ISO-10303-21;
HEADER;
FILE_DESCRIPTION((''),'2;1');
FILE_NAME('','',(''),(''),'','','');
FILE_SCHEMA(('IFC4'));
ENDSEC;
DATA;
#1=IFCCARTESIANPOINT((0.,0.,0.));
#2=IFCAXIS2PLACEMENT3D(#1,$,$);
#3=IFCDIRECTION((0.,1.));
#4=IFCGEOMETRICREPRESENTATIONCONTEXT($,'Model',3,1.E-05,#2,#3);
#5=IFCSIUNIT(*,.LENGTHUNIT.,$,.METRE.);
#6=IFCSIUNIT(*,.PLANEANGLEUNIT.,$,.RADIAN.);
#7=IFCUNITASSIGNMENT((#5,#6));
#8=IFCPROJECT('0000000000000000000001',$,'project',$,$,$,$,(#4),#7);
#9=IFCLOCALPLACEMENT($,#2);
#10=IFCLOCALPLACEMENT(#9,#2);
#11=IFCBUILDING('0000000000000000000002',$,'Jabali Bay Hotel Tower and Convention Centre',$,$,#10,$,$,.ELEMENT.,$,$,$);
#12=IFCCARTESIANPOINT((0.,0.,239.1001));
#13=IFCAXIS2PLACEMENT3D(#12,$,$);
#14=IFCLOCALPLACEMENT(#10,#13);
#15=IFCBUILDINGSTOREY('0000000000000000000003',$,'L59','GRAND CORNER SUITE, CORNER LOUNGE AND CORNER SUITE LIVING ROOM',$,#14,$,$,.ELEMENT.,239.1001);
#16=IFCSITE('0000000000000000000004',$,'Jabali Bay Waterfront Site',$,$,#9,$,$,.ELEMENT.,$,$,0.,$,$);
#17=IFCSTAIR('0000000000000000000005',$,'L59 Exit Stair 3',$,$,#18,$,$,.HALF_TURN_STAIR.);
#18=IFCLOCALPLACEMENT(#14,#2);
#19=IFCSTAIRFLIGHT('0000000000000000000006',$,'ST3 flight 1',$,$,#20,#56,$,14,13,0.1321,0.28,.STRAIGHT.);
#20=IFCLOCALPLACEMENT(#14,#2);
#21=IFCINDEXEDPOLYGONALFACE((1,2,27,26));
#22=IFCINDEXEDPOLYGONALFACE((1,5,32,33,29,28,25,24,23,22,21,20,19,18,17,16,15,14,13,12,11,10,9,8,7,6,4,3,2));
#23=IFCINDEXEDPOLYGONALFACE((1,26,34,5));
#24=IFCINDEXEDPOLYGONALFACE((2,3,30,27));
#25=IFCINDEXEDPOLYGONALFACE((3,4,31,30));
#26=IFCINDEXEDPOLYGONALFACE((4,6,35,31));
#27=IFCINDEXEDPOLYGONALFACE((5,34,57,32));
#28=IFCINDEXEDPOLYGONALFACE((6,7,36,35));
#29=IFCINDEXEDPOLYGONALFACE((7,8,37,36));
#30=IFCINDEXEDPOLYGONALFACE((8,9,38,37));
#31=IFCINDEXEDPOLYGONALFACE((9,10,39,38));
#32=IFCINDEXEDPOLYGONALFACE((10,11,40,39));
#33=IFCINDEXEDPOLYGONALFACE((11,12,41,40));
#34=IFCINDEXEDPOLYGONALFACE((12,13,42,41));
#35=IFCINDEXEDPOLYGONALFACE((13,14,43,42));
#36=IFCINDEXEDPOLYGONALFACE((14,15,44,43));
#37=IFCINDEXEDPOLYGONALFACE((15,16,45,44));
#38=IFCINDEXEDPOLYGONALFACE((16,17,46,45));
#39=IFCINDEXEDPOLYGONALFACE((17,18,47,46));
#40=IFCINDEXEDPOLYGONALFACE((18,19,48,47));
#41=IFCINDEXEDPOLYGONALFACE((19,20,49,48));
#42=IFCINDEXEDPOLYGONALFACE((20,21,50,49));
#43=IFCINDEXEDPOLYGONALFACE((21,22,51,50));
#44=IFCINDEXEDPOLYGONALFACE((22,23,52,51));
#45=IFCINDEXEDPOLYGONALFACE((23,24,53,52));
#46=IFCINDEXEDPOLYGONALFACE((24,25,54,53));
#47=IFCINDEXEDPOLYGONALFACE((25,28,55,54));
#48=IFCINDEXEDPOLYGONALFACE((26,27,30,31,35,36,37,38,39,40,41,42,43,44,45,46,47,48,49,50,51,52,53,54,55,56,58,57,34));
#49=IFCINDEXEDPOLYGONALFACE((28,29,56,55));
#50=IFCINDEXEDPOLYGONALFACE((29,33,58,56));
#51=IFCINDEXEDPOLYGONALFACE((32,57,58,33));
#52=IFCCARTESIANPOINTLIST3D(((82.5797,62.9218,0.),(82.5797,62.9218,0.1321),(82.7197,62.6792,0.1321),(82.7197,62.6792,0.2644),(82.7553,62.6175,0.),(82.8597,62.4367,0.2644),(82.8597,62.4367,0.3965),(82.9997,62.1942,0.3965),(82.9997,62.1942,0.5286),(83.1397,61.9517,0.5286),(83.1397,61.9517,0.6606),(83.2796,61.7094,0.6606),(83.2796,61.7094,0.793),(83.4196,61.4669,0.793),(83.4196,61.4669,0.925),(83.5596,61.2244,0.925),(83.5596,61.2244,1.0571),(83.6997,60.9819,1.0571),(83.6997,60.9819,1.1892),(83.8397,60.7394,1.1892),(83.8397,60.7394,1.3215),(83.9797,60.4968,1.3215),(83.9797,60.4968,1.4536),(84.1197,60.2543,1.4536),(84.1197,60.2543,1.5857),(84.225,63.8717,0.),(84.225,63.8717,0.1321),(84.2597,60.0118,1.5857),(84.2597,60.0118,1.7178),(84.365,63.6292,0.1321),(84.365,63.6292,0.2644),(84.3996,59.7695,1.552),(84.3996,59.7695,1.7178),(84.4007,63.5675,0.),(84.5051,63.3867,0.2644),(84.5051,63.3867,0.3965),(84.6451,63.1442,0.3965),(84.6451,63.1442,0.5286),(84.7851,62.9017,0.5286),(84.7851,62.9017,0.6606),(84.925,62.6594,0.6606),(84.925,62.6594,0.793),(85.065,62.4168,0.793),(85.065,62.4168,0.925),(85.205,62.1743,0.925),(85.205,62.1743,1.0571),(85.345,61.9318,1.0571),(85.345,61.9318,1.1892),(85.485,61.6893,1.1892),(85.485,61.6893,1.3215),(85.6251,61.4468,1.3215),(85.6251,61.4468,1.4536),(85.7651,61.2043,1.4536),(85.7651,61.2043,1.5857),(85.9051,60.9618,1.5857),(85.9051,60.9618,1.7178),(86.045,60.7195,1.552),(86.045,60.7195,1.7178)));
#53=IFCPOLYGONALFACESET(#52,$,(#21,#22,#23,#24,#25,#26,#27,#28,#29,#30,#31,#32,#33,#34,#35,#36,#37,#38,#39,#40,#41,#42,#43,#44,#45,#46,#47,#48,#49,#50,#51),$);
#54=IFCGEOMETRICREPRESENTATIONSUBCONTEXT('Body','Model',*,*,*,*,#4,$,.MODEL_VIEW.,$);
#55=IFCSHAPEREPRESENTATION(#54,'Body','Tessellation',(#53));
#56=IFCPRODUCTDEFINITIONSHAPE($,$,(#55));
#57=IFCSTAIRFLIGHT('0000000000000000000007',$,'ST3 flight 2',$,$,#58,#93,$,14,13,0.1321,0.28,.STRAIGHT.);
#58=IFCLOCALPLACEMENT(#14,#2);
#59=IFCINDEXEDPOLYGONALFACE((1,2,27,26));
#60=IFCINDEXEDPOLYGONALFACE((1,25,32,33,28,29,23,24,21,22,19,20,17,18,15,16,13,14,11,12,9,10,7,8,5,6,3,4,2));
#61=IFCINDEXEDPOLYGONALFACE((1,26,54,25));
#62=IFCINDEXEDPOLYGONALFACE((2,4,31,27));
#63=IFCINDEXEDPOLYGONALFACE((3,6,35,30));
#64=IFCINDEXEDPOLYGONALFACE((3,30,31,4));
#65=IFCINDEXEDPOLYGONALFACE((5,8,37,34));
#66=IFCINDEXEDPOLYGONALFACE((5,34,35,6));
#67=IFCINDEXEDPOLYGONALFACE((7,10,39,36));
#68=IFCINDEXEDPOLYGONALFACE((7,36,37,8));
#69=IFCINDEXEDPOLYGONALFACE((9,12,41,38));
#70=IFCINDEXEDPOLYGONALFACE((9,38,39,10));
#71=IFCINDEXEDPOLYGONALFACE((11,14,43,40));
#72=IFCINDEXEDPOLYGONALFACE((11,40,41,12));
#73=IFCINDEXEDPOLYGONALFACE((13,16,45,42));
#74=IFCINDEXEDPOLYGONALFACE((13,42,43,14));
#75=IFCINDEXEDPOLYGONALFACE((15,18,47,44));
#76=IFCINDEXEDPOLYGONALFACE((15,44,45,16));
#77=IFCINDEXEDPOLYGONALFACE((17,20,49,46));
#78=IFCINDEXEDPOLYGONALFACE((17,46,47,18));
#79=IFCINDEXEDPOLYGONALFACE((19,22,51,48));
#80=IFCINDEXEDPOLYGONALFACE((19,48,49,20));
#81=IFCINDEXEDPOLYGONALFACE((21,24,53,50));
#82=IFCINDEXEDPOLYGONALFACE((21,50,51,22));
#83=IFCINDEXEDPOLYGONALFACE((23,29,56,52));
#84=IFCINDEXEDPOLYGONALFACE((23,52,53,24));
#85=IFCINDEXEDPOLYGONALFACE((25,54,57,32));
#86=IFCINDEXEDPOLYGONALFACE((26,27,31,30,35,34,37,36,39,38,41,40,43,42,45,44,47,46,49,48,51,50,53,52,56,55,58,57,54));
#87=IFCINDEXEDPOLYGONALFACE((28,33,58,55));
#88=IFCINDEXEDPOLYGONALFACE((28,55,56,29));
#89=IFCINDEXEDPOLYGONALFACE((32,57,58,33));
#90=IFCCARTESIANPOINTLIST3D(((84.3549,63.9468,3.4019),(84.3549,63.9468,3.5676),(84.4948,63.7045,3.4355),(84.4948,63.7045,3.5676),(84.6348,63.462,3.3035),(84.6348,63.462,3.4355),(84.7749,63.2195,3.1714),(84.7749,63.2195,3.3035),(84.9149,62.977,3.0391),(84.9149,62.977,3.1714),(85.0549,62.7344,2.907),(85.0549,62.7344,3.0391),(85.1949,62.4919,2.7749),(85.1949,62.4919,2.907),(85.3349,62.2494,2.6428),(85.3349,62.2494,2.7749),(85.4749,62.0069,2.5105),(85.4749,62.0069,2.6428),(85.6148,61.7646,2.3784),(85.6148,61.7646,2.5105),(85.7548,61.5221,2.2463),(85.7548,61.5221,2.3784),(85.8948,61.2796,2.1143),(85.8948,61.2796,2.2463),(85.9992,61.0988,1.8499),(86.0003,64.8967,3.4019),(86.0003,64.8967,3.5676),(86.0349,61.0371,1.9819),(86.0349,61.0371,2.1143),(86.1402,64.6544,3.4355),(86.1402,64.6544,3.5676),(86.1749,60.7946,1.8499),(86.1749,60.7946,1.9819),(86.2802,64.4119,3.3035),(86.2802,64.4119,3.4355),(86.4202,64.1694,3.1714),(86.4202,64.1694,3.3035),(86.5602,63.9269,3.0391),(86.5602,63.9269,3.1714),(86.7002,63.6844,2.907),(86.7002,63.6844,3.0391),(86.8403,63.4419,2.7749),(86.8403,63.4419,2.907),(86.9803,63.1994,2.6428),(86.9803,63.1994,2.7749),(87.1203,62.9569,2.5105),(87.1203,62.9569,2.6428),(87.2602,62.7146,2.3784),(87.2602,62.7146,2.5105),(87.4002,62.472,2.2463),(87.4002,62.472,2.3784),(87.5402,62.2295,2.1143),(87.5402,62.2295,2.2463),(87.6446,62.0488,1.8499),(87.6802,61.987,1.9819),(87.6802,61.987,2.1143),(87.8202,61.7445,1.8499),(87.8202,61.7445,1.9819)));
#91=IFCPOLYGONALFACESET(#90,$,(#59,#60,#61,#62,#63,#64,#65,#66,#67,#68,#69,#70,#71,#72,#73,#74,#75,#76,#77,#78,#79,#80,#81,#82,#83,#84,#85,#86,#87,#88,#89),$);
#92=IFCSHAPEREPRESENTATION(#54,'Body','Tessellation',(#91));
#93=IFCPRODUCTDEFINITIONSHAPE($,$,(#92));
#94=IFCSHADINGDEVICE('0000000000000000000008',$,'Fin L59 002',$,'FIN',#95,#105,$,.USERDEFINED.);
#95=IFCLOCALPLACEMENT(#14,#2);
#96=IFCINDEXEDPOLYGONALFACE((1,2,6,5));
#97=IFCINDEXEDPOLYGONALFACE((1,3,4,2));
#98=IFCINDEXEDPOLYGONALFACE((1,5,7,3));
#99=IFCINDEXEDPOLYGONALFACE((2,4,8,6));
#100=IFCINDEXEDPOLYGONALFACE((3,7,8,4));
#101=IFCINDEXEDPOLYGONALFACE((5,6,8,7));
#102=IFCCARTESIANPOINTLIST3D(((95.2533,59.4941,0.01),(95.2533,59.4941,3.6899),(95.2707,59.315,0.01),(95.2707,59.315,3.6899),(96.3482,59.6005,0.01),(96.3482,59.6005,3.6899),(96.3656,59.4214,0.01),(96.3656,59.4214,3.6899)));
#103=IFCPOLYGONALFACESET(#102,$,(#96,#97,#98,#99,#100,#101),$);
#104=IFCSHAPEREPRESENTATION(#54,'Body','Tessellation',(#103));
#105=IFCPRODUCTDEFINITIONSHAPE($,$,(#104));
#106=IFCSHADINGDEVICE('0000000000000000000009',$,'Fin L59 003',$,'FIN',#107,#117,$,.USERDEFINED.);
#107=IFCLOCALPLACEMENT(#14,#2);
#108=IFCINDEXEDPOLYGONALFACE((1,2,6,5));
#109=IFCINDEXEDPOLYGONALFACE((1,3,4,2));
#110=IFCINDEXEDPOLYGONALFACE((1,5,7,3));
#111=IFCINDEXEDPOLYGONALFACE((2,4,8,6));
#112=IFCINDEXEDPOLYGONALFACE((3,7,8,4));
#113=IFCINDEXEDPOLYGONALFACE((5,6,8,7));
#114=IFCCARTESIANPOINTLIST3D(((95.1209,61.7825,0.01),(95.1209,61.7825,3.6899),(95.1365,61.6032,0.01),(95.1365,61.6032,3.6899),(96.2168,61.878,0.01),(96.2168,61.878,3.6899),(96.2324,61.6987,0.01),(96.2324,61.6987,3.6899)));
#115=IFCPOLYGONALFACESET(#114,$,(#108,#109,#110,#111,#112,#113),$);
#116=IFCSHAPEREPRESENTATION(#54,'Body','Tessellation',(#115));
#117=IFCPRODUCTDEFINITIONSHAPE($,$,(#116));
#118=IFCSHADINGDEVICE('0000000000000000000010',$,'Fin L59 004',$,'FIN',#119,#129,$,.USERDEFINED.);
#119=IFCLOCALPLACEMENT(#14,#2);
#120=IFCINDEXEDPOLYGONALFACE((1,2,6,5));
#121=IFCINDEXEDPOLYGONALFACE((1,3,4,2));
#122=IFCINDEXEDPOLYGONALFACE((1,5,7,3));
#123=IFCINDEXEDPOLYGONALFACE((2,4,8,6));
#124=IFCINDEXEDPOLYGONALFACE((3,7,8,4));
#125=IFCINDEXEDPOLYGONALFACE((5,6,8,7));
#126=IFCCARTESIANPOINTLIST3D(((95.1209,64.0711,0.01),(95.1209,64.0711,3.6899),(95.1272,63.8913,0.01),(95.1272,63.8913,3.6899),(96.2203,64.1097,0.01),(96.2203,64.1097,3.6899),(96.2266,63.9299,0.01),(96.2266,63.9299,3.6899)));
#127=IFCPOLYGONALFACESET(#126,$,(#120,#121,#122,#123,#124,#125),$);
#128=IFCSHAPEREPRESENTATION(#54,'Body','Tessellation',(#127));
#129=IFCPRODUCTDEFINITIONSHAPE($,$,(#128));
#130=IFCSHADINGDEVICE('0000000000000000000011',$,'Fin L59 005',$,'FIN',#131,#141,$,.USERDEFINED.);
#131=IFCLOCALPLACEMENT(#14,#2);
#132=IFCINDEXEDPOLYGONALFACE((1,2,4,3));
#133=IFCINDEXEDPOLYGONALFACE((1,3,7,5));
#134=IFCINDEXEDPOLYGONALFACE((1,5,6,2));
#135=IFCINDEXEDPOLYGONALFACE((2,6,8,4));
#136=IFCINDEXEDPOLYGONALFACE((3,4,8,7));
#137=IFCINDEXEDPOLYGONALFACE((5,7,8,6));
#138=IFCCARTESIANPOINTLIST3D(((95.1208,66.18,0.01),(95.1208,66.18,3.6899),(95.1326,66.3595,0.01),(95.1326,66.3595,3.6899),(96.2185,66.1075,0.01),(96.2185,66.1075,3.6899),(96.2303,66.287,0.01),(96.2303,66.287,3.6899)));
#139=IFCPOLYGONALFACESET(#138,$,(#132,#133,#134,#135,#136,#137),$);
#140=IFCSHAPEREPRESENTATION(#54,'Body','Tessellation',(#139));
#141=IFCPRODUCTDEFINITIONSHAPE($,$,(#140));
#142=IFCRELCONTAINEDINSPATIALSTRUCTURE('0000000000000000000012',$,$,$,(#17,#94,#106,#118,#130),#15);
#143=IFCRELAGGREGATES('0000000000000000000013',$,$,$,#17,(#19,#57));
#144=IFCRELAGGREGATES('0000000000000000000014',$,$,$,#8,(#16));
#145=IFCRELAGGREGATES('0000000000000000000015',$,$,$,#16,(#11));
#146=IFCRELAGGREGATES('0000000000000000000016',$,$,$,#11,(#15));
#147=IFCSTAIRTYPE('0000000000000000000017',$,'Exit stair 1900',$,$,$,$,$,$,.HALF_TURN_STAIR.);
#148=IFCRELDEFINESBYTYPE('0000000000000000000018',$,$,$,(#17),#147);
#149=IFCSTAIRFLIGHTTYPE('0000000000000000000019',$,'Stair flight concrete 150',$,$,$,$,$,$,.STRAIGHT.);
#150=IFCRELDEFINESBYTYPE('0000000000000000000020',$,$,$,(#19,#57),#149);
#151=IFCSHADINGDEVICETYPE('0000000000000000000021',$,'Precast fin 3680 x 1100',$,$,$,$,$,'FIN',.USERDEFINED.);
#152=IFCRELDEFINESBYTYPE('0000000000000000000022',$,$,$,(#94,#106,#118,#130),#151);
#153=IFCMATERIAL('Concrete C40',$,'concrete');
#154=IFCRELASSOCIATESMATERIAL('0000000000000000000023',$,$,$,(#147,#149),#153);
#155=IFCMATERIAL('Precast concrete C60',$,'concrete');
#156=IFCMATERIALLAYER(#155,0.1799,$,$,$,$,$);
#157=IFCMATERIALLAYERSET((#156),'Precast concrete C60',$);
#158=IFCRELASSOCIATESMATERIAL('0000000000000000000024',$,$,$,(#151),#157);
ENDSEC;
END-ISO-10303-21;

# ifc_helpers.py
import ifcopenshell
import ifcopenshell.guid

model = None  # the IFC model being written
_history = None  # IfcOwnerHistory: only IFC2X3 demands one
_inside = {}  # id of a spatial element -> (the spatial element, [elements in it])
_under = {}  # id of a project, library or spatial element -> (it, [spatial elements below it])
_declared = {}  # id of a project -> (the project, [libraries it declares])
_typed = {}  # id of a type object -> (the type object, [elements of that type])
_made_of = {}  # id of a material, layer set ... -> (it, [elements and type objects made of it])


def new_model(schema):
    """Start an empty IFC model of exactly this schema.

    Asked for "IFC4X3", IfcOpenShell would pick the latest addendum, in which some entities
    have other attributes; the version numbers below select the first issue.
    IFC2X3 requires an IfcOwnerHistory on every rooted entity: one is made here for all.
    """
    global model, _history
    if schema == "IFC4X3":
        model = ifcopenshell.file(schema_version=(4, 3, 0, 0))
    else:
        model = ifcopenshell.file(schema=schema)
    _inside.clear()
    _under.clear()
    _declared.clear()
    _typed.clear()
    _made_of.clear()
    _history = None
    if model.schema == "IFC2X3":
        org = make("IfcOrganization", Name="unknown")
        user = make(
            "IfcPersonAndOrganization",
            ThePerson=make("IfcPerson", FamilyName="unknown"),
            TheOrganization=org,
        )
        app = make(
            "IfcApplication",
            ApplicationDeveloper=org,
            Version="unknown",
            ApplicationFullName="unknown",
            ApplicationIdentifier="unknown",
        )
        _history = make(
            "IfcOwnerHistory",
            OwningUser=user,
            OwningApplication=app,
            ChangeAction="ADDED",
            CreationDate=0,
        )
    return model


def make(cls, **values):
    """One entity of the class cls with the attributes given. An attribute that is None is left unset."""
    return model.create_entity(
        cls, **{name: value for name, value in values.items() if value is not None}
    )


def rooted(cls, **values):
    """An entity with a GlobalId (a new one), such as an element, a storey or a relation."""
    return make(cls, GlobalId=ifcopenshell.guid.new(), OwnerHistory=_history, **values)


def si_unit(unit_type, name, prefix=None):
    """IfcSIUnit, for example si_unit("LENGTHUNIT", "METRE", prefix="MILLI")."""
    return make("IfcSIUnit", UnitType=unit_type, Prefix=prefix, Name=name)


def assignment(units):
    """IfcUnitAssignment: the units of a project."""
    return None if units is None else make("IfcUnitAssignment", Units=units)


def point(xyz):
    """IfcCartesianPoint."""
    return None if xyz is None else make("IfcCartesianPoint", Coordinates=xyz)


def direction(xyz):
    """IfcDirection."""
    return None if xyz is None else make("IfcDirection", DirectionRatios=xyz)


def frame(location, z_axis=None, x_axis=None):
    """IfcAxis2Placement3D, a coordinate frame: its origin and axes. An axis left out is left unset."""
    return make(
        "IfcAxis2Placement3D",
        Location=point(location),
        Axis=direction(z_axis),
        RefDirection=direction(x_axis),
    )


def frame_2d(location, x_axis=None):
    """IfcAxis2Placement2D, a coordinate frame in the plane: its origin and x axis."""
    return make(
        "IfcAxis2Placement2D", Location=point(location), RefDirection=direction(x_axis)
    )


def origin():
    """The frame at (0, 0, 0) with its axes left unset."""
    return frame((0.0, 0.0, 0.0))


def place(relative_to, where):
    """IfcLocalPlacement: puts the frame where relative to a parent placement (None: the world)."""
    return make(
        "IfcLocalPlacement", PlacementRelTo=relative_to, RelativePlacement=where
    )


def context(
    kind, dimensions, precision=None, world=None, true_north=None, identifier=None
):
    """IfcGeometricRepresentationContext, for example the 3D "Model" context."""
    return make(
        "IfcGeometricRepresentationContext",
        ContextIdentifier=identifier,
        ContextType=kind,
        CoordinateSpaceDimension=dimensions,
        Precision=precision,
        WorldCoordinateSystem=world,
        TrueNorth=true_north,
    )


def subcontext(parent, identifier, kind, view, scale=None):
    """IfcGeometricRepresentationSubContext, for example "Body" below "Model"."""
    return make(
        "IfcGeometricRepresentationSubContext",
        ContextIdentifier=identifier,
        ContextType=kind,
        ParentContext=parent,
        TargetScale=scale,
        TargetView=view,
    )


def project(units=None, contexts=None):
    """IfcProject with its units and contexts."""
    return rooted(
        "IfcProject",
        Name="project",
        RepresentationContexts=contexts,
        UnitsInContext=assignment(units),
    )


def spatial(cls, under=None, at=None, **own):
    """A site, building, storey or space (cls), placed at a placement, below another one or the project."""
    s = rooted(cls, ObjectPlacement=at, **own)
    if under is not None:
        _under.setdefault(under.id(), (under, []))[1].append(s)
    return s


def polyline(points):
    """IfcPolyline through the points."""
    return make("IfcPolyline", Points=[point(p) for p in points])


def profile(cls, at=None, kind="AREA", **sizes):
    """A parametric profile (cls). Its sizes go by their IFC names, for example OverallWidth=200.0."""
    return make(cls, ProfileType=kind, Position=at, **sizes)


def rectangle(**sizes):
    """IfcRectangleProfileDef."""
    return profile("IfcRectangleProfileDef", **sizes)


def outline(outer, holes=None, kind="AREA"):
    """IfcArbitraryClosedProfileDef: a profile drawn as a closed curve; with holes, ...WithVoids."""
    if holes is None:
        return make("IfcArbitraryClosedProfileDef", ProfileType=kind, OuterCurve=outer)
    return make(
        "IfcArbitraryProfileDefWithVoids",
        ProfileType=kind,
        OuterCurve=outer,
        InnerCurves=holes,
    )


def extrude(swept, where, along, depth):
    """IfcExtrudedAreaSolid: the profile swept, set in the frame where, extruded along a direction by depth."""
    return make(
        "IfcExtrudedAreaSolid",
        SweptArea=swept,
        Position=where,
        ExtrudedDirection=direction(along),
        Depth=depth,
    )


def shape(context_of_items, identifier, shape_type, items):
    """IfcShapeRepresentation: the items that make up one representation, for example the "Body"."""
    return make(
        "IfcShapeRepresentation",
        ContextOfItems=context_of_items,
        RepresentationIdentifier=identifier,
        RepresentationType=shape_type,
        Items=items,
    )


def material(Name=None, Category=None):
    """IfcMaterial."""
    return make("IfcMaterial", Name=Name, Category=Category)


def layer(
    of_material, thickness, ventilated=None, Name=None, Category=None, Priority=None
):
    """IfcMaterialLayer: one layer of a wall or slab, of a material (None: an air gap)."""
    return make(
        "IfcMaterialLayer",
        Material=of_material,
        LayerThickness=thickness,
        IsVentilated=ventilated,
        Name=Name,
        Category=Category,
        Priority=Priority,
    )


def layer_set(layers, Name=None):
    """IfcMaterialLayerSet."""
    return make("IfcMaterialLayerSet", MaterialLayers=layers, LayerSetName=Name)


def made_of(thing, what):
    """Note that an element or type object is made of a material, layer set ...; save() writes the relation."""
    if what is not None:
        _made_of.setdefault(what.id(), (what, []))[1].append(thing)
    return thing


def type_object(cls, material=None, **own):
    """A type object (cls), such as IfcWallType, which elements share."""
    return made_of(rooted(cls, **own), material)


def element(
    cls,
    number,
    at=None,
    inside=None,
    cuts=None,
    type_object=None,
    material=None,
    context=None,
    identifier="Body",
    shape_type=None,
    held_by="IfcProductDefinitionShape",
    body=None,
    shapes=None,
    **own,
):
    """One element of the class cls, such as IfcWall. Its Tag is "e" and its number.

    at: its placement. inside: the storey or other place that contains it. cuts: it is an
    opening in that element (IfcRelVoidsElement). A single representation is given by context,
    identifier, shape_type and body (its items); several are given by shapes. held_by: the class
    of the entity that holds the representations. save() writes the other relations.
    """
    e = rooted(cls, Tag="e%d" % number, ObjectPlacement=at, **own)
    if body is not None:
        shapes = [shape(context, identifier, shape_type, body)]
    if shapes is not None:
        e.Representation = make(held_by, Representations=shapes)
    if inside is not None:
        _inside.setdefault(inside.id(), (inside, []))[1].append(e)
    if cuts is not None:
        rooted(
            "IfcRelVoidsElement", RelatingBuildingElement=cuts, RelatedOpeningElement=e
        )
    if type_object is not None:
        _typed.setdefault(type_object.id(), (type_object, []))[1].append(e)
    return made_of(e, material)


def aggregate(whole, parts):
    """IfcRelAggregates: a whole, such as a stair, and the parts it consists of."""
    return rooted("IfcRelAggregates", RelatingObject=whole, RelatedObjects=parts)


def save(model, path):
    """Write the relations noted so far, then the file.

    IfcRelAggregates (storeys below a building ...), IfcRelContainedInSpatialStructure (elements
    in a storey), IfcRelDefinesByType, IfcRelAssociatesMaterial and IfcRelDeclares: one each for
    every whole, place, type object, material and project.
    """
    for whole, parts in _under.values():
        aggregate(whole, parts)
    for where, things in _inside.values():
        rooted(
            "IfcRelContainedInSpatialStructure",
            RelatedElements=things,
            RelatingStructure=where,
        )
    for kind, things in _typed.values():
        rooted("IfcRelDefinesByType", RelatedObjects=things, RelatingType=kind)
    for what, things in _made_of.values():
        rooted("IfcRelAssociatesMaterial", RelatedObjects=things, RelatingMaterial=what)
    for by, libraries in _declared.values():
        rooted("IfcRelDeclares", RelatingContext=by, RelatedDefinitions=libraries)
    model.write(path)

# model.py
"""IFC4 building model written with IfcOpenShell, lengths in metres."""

from ifc_helpers import new_model, si_unit, direction, frame, frame_2d, origin, place, context, subcontext, project, spatial, polyline, rectangle, outline, extrude, material, layer, layer_set, type_object, element, aggregate, save


model = new_model("IFC4")

# Units and contexts
model_context = context("Model", 3, precision=1e-05, world=origin(), true_north=direction((0.0, 1.0)))
body_context = subcontext(model_context, "Body", "Model", "MODEL_VIEW")
ifc_project = project(units=[si_unit("LENGTHUNIT", "METRE"), si_unit("PLANEANGLEUNIT", "RADIAN")], contexts=[model_context])

# Site, building, storey
site_placement = place(None, origin())
site = spatial("IfcSite", under=ifc_project, at=site_placement, Name="Jabali Bay Waterfront Site", CompositionType="ELEMENT", RefElevation=0.0)
building_placement = place(site_placement, origin())
building = spatial("IfcBuilding", under=site, at=building_placement, Name="Jabali Bay Hotel Tower and Convention Centre", CompositionType="ELEMENT")
storey_placement = place(building_placement, frame((0.0, 0.0, 239.1001)))
storey = spatial("IfcBuildingStorey", under=building, at=storey_placement, Name="L59", Description="GRAND CORNER SUITE, CORNER LOUNGE AND CORNER SUITE LIVING ROOM", CompositionType="ELEMENT", Elevation=239.1001)

# Shared definitions
ifc_material_1 = material(Name="Concrete C40", Category="concrete")

# Stair, stair flights
stair_type = type_object("IfcStairType", Name="Exit stair 1900", PredefinedType="HALF_TURN_STAIR", material=ifc_material_1)
stair_placement = place(storey_placement, origin())
stair = element("IfcStair", 1, at=stair_placement, inside=storey, type_object=stair_type, Name="L59 Exit Stair 3", PredefinedType="HALF_TURN_STAIR")
stair_flight_type = type_object("IfcStairFlightType", Name="Stair flight concrete 150", PredefinedType="STRAIGHT", material=ifc_material_1)
stair_flight_1_placement = place(storey_placement, frame((83.4023, 63.3967, 0.0), z_axis=(0.0, 0.0, 1.0), x_axis=(0.5, -0.866025, 0.0)))
stair_flight_1 = element("IfcStairFlight", 2, at=stair_flight_1_placement, type_object=stair_flight_type, Name="ST3 flight 1", NumberOfRisers=14, NumberOfTreads=13, PredefinedType="STRAIGHT", RiserHeight=0.1321, TreadLength=0.28, context=body_context, shape_type="SweptSolid", body=[
    extrude(outline(polyline([(0.0, 0.0), (0.0, 0.1321), (0.28, 0.1321), (0.28, 0.2644), (0.5601, 0.2644), (0.5601, 0.3965), (0.8401, 0.3965), (0.8401, 0.5286), (1.1201, 0.5286), (1.1201, 0.6606), (1.3999, 0.6606), (1.3999, 0.793), (1.6799, 0.793), (1.6799, 0.925), (1.96, 0.925), (1.96, 1.0571), (2.24, 1.0571), (2.24, 1.1892), (2.52, 1.1892), (2.52, 1.3215), (2.8, 1.3215), (2.8, 1.4536), (3.0801, 1.4536), (3.0801, 1.5857), (3.3601, 1.5857), (3.3601, 1.7178), (3.6399, 1.7178), (3.6399, 1.8501), (3.6399, 1.552), (0.3513, 0.0), (0.0, 0.0)])), frame((0.0, 0.95, 0.0), z_axis=(0.0, -1.0, 0.0), x_axis=(1.0, 0.0, 0.0)), (0.0, 0.0, 1.0), 1.8999),
])
stair_flight_2_placement = place(storey_placement, frame((86.9976, 61.2695, 1.8499), z_axis=(0.0, 0.0, 1.0), x_axis=(-0.5, 0.866025, 0.0)))
stair_flight_2 = element("IfcStairFlight", 3, at=stair_flight_2_placement, type_object=stair_flight_type, Name="ST3 flight 2", NumberOfRisers=14, NumberOfTreads=13, PredefinedType="STRAIGHT", RiserHeight=0.1321, TreadLength=0.28, context=body_context, shape_type="SweptSolid", body=[
    extrude(outline(polyline([(0.0, 0.0), (0.0, 0.1321), (0.28, 0.1321), (0.28, 0.2644), (0.5601, 0.2644), (0.5601, 0.3965), (0.8401, 0.3965), (0.8401, 0.5286), (1.1201, 0.5286), (1.1201, 0.6606), (1.3999, 0.6606), (1.3999, 0.793), (1.6799, 0.793), (1.6799, 0.925), (1.96, 0.925), (1.96, 1.0571), (2.24, 1.0571), (2.24, 1.1892), (2.52, 1.1892), (2.52, 1.3215), (2.8, 1.3215), (2.8, 1.4536), (3.0801, 1.4536), (3.0801, 1.5857), (3.3601, 1.5857), (3.3601, 1.7178), (3.6399, 1.7178), (3.6399, 1.8501), (3.6399, 1.552), (0.3513, 0.0), (0.0, 0.0)])), frame((0.0, 0.95, 0.0), z_axis=(0.0, -1.0, 0.0), x_axis=(1.0, 0.0, 0.0)), (0.0, 0.0, 1.0), 1.8999),
])
aggregate(stair, [stair_flight_1, stair_flight_2])

# Shading devices
ifc_material_2 = material(Name="Precast concrete C60", Category="concrete")
ifc_layer_1 = layer(ifc_material_2, 0.1799)
ifc_layer_set_1 = layer_set([ifc_layer_1], Name="Precast concrete C60")
shading_device_type = type_object("IfcShadingDeviceType", Name="Precast fin 3680 x 1100", ElementType="FIN", PredefinedType="USERDEFINED", material=ifc_layer_set_1)
for number, where, z_axis, x_axis, name in (
    (4, (95.262, 59.4045, 0.01), (0.0, 0.0, 1.0), (0.995308, 0.096757, 0.0), "Fin L59 002"),
    (5, (95.1287, 61.6929, 0.01), (0.0, 0.0, 1.0), (0.996228, 0.086773, 0.0), "Fin L59 003"),
    (6, (95.124, 63.9812, 0.01), (0.0, 0.0, 1.0), (0.999385, 0.035066, 0.0), "Fin L59 004"),
    (7, (95.1267, 66.2698, 0.01), (0.0, 0.0, 1.0), (0.997825, -0.065915, 0.0), "Fin L59 005"),
):
    element("IfcShadingDevice", number, at=place(storey_placement, frame(where, z_axis=z_axis, x_axis=x_axis)), inside=storey, type_object=shading_device_type, Name=name, ObjectType="FIN", PredefinedType="USERDEFINED", context=body_context, shape_type="SweptSolid", body=[
        extrude(rectangle(XDim=1.1001, YDim=0.1799, at=frame_2d((0.55, 0.0))), origin(), (0.0, 0.0, 1.0), 3.6799),
    ])

save(model, "model.ifc")
